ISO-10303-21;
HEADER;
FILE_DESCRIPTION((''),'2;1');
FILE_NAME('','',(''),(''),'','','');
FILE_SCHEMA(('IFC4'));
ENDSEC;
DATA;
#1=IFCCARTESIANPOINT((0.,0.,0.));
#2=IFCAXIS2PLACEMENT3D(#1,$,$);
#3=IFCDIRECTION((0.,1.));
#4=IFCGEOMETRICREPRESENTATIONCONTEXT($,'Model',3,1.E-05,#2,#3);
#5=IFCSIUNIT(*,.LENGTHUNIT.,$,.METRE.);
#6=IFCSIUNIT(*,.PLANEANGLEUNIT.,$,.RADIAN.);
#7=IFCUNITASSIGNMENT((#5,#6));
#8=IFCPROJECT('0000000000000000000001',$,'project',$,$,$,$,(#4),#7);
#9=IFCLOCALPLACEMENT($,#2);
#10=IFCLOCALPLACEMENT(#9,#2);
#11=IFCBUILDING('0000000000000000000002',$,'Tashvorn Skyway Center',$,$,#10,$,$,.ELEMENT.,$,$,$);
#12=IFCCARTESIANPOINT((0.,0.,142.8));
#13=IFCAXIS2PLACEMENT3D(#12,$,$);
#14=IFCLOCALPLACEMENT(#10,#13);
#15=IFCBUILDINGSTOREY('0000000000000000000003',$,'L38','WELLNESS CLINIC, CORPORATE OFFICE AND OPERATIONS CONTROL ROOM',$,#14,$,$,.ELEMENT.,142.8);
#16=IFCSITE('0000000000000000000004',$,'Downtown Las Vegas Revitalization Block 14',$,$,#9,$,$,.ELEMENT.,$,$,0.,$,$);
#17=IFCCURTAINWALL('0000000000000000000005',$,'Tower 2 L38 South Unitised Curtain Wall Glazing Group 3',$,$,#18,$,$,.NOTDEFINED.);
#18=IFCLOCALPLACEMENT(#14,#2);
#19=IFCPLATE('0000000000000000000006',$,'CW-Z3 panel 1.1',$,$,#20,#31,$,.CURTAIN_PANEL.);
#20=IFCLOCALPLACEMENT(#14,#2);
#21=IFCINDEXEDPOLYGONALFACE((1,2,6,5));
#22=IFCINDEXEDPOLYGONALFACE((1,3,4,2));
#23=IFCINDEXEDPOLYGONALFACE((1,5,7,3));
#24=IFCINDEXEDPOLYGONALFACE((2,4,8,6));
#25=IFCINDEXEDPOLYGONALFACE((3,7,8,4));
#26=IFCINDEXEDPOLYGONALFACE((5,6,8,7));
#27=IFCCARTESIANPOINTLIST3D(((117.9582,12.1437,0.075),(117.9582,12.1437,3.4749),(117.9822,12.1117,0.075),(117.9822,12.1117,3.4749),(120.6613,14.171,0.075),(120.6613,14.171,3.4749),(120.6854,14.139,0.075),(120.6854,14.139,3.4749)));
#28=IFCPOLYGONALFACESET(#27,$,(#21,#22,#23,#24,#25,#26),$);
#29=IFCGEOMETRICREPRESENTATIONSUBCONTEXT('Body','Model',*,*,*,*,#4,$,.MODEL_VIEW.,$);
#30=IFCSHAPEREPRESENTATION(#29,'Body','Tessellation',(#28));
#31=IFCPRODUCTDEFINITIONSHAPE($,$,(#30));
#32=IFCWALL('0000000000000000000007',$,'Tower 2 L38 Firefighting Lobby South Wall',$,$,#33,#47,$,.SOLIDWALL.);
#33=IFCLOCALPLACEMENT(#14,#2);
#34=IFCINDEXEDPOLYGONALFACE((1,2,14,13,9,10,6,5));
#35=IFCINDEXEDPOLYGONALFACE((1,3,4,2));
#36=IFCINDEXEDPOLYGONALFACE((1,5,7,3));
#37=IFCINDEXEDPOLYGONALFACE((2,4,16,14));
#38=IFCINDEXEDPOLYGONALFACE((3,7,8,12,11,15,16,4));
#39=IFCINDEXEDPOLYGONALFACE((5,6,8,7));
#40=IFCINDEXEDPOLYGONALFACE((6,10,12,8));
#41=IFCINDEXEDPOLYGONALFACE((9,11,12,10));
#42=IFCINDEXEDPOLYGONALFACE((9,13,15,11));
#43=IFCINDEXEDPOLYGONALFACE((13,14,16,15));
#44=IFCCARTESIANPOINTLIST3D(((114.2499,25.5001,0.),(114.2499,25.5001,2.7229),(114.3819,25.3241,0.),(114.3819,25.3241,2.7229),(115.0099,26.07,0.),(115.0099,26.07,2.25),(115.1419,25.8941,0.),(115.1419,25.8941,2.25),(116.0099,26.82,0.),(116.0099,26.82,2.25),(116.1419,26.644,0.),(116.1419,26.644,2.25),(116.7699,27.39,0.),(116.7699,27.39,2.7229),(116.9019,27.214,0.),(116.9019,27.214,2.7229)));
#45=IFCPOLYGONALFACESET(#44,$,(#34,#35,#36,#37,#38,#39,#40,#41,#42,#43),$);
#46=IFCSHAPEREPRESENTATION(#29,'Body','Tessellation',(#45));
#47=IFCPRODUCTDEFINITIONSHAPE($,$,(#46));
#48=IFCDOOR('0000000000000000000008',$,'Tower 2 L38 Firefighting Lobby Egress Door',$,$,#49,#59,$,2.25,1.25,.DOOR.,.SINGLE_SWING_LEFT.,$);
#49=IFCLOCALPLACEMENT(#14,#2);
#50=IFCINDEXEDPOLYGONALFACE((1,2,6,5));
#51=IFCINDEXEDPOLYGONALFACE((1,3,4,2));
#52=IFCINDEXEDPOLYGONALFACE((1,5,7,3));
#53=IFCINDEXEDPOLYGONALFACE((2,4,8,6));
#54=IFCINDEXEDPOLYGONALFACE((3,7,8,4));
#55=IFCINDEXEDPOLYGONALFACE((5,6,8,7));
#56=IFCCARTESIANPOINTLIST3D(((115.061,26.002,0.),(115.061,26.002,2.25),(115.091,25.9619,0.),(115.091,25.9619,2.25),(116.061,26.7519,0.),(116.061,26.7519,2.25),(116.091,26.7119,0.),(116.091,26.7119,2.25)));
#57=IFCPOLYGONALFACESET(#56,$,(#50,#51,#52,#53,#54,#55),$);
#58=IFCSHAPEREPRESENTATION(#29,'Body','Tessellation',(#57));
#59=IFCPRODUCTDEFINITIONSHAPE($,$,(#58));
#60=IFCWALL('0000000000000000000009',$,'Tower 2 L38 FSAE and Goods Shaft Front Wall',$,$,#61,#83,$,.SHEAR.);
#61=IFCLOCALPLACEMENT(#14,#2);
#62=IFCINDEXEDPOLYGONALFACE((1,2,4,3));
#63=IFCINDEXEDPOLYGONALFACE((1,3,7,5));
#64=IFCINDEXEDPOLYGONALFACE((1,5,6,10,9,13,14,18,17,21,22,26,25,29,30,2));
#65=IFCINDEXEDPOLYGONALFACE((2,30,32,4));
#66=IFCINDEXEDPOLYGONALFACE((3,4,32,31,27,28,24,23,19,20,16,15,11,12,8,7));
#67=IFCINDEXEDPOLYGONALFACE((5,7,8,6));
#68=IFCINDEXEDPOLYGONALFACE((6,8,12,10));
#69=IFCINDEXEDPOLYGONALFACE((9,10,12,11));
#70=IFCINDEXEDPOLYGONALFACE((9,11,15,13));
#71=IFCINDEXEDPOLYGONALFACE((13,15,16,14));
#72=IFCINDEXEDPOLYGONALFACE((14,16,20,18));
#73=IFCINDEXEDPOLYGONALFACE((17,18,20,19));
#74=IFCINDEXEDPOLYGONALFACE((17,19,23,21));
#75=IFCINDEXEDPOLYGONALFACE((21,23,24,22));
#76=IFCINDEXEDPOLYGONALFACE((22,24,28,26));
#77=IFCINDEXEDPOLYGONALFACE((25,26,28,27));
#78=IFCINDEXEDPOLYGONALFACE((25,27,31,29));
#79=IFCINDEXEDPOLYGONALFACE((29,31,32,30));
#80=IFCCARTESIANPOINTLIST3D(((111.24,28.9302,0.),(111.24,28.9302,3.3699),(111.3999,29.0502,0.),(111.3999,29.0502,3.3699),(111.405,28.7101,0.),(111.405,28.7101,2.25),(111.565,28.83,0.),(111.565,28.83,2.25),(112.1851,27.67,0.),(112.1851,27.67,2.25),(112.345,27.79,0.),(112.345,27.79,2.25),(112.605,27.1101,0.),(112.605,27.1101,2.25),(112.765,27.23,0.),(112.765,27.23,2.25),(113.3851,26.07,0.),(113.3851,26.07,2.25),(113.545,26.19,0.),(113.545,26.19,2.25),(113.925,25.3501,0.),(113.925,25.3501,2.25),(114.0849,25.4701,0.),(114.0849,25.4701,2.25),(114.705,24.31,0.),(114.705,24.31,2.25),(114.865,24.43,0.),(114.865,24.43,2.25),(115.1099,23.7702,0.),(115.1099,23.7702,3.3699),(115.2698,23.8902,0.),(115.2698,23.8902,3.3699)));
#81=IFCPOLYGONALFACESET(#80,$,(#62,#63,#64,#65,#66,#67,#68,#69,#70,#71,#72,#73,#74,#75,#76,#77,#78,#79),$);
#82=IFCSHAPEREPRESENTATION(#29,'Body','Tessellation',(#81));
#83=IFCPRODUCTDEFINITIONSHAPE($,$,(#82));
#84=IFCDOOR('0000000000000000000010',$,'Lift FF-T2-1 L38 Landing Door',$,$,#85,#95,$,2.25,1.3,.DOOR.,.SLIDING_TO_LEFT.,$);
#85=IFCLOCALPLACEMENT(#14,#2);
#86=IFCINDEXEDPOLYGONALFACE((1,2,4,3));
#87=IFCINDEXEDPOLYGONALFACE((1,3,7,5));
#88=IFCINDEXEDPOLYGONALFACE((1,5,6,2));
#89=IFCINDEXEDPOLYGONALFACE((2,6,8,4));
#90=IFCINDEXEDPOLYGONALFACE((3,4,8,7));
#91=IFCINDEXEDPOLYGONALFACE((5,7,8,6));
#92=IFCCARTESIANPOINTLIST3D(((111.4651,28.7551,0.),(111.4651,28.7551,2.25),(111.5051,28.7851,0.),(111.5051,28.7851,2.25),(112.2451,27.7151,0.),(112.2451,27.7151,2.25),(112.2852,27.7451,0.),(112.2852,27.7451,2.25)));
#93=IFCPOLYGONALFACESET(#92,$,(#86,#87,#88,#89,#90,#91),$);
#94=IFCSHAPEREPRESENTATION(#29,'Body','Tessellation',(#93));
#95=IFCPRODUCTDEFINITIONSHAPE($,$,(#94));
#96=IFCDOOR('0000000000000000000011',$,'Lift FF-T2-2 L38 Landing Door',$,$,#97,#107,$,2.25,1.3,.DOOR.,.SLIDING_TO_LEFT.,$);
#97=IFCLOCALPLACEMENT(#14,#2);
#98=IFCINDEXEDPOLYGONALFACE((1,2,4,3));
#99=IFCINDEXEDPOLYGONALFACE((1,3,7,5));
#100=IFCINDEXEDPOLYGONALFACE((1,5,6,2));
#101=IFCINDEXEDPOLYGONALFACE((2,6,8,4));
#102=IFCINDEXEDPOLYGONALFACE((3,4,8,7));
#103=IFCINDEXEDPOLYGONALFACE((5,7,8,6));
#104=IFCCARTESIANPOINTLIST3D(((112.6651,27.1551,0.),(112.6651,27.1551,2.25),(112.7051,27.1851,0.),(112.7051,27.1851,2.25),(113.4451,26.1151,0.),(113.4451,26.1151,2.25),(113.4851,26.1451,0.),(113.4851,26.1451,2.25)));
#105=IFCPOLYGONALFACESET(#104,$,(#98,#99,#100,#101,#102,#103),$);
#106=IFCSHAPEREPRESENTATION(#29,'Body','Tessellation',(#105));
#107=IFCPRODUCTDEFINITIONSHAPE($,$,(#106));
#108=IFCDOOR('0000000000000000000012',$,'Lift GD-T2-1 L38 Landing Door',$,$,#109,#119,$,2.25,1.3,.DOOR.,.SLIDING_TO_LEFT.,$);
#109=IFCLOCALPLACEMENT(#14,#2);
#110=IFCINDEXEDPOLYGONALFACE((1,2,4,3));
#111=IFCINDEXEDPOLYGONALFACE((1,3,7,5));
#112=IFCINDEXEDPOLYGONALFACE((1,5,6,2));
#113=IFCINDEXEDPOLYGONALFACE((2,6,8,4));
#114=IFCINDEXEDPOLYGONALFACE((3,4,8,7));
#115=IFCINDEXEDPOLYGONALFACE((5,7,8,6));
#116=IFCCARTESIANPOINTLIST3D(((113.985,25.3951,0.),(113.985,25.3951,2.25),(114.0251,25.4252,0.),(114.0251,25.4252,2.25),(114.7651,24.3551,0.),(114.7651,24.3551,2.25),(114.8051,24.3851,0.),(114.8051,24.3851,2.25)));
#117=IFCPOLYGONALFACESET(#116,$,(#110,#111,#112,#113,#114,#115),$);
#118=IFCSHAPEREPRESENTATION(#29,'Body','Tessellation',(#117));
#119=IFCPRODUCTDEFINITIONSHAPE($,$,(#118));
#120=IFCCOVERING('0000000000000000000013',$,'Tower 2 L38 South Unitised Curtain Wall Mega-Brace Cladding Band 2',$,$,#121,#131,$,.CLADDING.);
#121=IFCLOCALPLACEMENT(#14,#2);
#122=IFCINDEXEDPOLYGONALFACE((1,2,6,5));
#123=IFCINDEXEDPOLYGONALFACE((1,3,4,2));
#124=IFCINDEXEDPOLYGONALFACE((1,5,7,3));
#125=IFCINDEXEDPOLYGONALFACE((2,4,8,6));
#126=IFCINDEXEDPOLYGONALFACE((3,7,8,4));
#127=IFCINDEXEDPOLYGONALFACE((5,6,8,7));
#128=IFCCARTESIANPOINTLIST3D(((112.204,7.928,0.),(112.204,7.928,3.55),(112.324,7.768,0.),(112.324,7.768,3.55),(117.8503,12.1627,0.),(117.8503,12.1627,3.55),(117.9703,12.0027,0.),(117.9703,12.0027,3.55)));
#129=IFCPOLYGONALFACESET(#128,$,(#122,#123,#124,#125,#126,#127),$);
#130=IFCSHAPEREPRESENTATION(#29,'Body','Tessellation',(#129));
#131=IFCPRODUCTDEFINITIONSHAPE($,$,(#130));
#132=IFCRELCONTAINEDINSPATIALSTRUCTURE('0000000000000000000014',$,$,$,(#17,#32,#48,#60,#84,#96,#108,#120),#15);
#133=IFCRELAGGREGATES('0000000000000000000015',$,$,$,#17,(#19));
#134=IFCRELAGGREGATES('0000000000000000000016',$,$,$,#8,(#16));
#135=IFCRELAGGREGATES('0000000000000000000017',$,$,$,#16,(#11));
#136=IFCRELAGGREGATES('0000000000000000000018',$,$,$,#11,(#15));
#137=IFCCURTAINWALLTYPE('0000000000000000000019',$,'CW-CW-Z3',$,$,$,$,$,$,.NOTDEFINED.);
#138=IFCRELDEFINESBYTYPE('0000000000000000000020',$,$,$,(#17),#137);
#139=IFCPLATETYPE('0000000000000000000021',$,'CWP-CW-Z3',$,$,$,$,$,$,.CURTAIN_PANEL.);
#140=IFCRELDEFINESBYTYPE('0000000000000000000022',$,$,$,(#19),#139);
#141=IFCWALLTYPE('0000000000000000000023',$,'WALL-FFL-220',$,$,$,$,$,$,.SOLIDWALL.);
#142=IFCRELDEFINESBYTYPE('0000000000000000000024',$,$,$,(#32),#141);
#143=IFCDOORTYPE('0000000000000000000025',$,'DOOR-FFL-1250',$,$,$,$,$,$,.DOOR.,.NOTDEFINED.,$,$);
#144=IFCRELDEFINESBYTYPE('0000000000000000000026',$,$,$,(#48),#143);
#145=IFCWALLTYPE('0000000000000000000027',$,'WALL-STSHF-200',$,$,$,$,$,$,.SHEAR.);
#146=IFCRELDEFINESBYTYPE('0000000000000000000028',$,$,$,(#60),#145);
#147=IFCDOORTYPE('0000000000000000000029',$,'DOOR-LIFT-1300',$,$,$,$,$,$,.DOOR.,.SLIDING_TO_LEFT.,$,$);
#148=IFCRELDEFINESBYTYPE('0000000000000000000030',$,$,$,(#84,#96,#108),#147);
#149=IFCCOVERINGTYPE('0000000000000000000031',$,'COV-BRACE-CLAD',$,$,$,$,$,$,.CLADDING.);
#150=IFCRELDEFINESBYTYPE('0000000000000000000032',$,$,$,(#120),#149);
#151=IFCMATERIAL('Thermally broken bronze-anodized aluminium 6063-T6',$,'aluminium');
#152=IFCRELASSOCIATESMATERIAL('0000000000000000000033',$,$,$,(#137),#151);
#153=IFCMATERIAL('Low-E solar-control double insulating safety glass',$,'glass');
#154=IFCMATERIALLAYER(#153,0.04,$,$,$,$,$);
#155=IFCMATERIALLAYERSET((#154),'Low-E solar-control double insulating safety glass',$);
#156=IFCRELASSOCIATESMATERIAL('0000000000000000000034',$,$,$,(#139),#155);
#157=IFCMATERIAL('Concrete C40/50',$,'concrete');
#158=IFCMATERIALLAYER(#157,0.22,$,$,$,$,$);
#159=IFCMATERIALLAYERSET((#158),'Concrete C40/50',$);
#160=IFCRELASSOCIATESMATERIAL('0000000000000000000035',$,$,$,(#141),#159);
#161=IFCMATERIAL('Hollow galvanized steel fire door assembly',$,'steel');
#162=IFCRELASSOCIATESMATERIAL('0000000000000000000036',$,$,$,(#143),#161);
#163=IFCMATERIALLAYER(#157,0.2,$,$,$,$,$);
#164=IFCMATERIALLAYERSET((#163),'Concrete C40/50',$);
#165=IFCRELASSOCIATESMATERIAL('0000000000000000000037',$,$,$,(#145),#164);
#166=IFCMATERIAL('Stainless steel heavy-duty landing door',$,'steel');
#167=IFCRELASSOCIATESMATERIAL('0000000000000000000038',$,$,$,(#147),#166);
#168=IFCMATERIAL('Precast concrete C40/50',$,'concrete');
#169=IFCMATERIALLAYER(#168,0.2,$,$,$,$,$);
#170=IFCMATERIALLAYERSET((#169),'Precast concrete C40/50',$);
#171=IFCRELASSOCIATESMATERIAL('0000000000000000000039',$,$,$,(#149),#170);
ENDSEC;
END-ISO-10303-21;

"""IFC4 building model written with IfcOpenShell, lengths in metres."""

from ifc_helpers import new_model, si_unit, direction, frame, frame_2d, origin, origin_2d, place, context, subcontext, project, spatial, rectangle, extrude, material, layer, layer_set, type_object, element, fill, aggregate, save


model = new_model("IFC4")

# Units and contexts
model_context = context("Model", 3, precision=1e-05, world=origin(), true_north=direction((0.0, 1.0)))
body_context = subcontext(model_context, "Body", "Model", "MODEL_VIEW")
ifc_project = project(units=[si_unit("LENGTHUNIT", "METRE"), si_unit("PLANEANGLEUNIT", "RADIAN")], contexts=[model_context])

# Site, building, storey
site_placement = place(None, origin())
site = spatial("IfcSite", under=ifc_project, at=site_placement, Name="Downtown Las Vegas Revitalization Block 14", CompositionType="ELEMENT", RefElevation=0.0)
building_placement = place(site_placement, origin())
building = spatial("IfcBuilding", under=site, at=building_placement, Name="Tashvorn Skyway Center", CompositionType="ELEMENT")
storey_placement = place(building_placement, frame((0.0, 0.0, 142.8)))
storey = spatial("IfcBuildingStorey", under=building, at=storey_placement, Name="L38", Description="WELLNESS CLINIC, CORPORATE OFFICE AND OPERATIONS CONTROL ROOM", CompositionType="ELEMENT", Elevation=142.8)

# Shared definitions
ifc_material_1 = material(Name="Thermally broken bronze-anodized aluminium 6063-T6", Category="aluminium")
curtain_wall_type = type_object("IfcCurtainWallType", Name="CW-CW-Z3", PredefinedType="NOTDEFINED", material=ifc_material_1)

# Curtain wall, plate
curtain_wall_1_placement = place(storey_placement, origin())
curtain_wall_1 = element("IfcCurtainWall", 1, at=curtain_wall_1_placement, inside=storey, type_object=curtain_wall_type, Name="Tower 2 L38 South Unitised Curtain Wall Glazing Group 3", PredefinedType="NOTDEFINED")
ifc_material_2 = material(Name="Low-E solar-control double insulating safety glass", Category="glass")
ifc_layer_1 = layer(ifc_material_2, 0.04)
ifc_layer_set_1 = layer_set([ifc_layer_1], Name="Low-E solar-control double insulating safety glass")
plate_type = type_object("IfcPlateType", Name="CWP-CW-Z3", PredefinedType="CURTAIN_PANEL", material=ifc_layer_set_1)
plate_placement = place(storey_placement, frame((119.3218, 13.1414, 0.075), z_axis=(0.0, 0.0, 1.0), x_axis=(-0.800003, -0.599995, 0.0)))
plate = element("IfcPlate", 2, at=plate_placement, type_object=plate_type, Name="CW-Z3 panel 1.1", PredefinedType="CURTAIN_PANEL", context=body_context, shape_type="SweptSolid", body=[
    extrude(rectangle(XDim=3.3789, YDim=0.04, at=origin_2d()), origin(), (0.0, 0.0, 1.0), 3.3999),
])
aggregate(curtain_wall_1, [plate])

# Wall, opening, door
ifc_material_3 = material(Name="Concrete C40/50", Category="concrete")
ifc_layer_2 = layer(ifc_material_3, 0.22)
ifc_layer_set_2 = layer_set([ifc_layer_2], Name="Concrete C40/50")
wall_type_1 = type_object("IfcWallType", Name="WALL-FFL-220", PredefinedType="SOLIDWALL", material=ifc_layer_set_2)
wall_1_placement = place(storey_placement, frame((114.3159, 25.4121, 0.0), z_axis=(0.0, 0.0, 1.0), x_axis=(0.800019, 0.599975, 0.0)))
wall_1 = element("IfcWall", 3, at=wall_1_placement, inside=storey, type_object=wall_type_1, Name="Tower 2 L38 Firefighting Lobby South Wall", PredefinedType="SOLIDWALL", context=body_context, shape_type="SweptSolid", body=[
    extrude(rectangle(XDim=3.1499, YDim=0.22, at=frame_2d((1.575, 0.0))), origin(), (0.0, 0.0, 1.0), 2.7229),
])
opening_1_placement = place(wall_1_placement, frame((0.95, 0.0, 0.0)))
opening_1 = element("IfcOpeningElement", 4, at=opening_1_placement, cuts=wall_1, PredefinedType="OPENING", context=body_context, shape_type="SweptSolid", body=[
    extrude(rectangle(XDim=1.25, YDim=2.25, at=frame_2d((0.625, 1.125))), frame((0.0, 0.1199, 0.0), z_axis=(0.0, -1.0, 0.0), x_axis=(1.0, 0.0, 0.0)), (0.0, 0.0, 1.0), 0.24),
])
ifc_material_4 = material(Name="Hollow galvanized steel fire door assembly", Category="steel")
door_type_1 = type_object("IfcDoorType", Name="DOOR-FFL-1250", OperationType="NOTDEFINED", PredefinedType="DOOR", material=ifc_material_4)
door_1_placement = place(opening_1_placement, origin())
door_1 = element("IfcDoor", 5, at=door_1_placement, inside=storey, type_object=door_type_1, Name="Tower 2 L38 Firefighting Lobby Egress Door", OperationType="SINGLE_SWING_LEFT", OverallHeight=2.25, OverallWidth=1.25, PredefinedType="DOOR", context=body_context, shape_type="SweptSolid", body=[
    extrude(rectangle(XDim=1.25, YDim=2.25, at=frame_2d((0.625, 1.125))), frame((0.0, 0.0249, 0.0), z_axis=(0.0, -1.0, 0.0), x_axis=(1.0, 0.0, 0.0)), (0.0, 0.0, 1.0), 0.05),
])
fill(opening_1, door_1)

# Wall, openings, doors
ifc_layer_3 = layer(ifc_material_3, 0.2)
ifc_layer_set_3 = layer_set([ifc_layer_3], Name="Concrete C40/50")
wall_type_2 = type_object("IfcWallType", Name="WALL-STSHF-200", PredefinedType="SHEAR", material=ifc_layer_set_3)
wall_2_placement = place(storey_placement, frame((115.1899, 23.8301, 0.0), z_axis=(0.0, 0.0, 1.0), x_axis=(-0.599994, 0.800005, 0.0)))
wall_2 = element("IfcWall", 6, at=wall_2_placement, inside=storey, type_object=wall_type_2, Name="Tower 2 L38 FSAE and Goods Shaft Front Wall", PredefinedType="SHEAR", context=body_context, shape_type="SweptSolid", body=[
    extrude(rectangle(XDim=6.45, YDim=0.2, at=frame_2d((3.2251, 0.0))), origin(), (0.0, 0.0, 1.0), 3.3699),
])
opening_2_placement = place(wall_2_placement, frame((4.875, 0.0, 0.0)))
opening_2 = element("IfcOpeningElement", 7, at=opening_2_placement, cuts=wall_2, PredefinedType="OPENING", context=body_context, shape_type="SweptSolid", body=[
    extrude(rectangle(XDim=1.3, YDim=2.25, at=frame_2d((0.6499, 1.125))), frame((0.0, 0.1099, 0.0), z_axis=(0.0, -1.0, 0.0), x_axis=(1.0, 0.0, 0.0)), (0.0, 0.0, 1.0), 0.22),
])
opening_3_placement = place(wall_2_placement, frame((2.875, 0.0, 0.0)))
opening_3 = element("IfcOpeningElement", 8, at=opening_3_placement, cuts=wall_2, PredefinedType="OPENING", context=body_context, shape_type="SweptSolid", body=[
    extrude(rectangle(XDim=1.3, YDim=2.25, at=frame_2d((0.6499, 1.125))), frame((0.0, 0.1099, 0.0), z_axis=(0.0, -1.0, 0.0), x_axis=(1.0, 0.0, 0.0)), (0.0, 0.0, 1.0), 0.22),
])
opening_4_placement = place(wall_2_placement, frame((0.675, 0.0, 0.0)))
opening_4 = element("IfcOpeningElement", 9, at=opening_4_placement, cuts=wall_2, PredefinedType="OPENING", context=body_context, shape_type="SweptSolid", body=[
    extrude(rectangle(XDim=1.3, YDim=2.25, at=frame_2d((0.6499, 1.125))), frame((0.0, 0.1099, 0.0), z_axis=(0.0, -1.0, 0.0), x_axis=(1.0, 0.0, 0.0)), (0.0, 0.0, 1.0), 0.22),
])
ifc_material_5 = material(Name="Stainless steel heavy-duty landing door", Category="steel")
door_type_2 = type_object("IfcDoorType", Name="DOOR-LIFT-1300", OperationType="SLIDING_TO_LEFT", PredefinedType="DOOR", material=ifc_material_5)
door_2_placement = place(opening_2_placement, origin())
door_2 = element("IfcDoor", 10, at=door_2_placement, inside=storey, type_object=door_type_2, Name="Lift FF-T2-1 L38 Landing Door", OperationType="SLIDING_TO_LEFT", OverallHeight=2.25, OverallWidth=1.3, PredefinedType="DOOR", context=body_context, shape_type="SweptSolid", body=[
    extrude(rectangle(XDim=1.3, YDim=2.25, at=frame_2d((0.6499, 1.125))), frame((0.0, 0.0249, 0.0), z_axis=(0.0, -1.0, 0.0), x_axis=(1.0, 0.0, 0.0)), (0.0, 0.0, 1.0), 0.05),
])
fill(opening_2, door_2)
door_3_placement = place(opening_3_placement, origin())
door_3 = element("IfcDoor", 11, at=door_3_placement, inside=storey, type_object=door_type_2, Name="Lift FF-T2-2 L38 Landing Door", OperationType="SLIDING_TO_LEFT", OverallHeight=2.25, OverallWidth=1.3, PredefinedType="DOOR", context=body_context, shape_type="SweptSolid", body=[
    extrude(rectangle(XDim=1.3, YDim=2.25, at=frame_2d((0.6499, 1.125))), frame((0.0, 0.0249, 0.0), z_axis=(0.0, -1.0, 0.0), x_axis=(1.0, 0.0, 0.0)), (0.0, 0.0, 1.0), 0.05),
])
fill(opening_3, door_3)
door_4_placement = place(opening_4_placement, origin())
door_4 = element("IfcDoor", 12, at=door_4_placement, inside=storey, type_object=door_type_2, Name="Lift GD-T2-1 L38 Landing Door", OperationType="SLIDING_TO_LEFT", OverallHeight=2.25, OverallWidth=1.3, PredefinedType="DOOR", context=body_context, shape_type="SweptSolid", body=[
    extrude(rectangle(XDim=1.3, YDim=2.25, at=frame_2d((0.6499, 1.125))), frame((0.0, 0.0249, 0.0), z_axis=(0.0, -1.0, 0.0), x_axis=(1.0, 0.0, 0.0)), (0.0, 0.0, 1.0), 0.05),
])
fill(opening_4, door_4)

# Covering
ifc_material_6 = material(Name="Precast concrete C40/50", Category="concrete")
ifc_layer_4 = layer(ifc_material_6, 0.2)
ifc_layer_set_4 = layer_set([ifc_layer_4], Name="Precast concrete C40/50")
covering_type = type_object("IfcCoveringType", Name="COV-BRACE-CLAD", PredefinedType="CLADDING", material=ifc_layer_set_4)
covering_placement = place(storey_placement, frame((115.0872, 9.9653, 0.0), z_axis=(0.0, 0.0, 1.0), x_axis=(-0.8, -0.6, 0.0)))
element("IfcCovering", 13, at=covering_placement, inside=storey, type_object=covering_type, Name="Tower 2 L38 South Unitised Curtain Wall Mega-Brace Cladding Band 2", PredefinedType="CLADDING", context=body_context, shape_type="SweptSolid", body=[
    extrude(rectangle(XDim=7.0579, YDim=0.2, at=origin_2d()), origin(), (0.0, 0.0, 1.0), 3.55),
])

save(model, "model.ifc")
